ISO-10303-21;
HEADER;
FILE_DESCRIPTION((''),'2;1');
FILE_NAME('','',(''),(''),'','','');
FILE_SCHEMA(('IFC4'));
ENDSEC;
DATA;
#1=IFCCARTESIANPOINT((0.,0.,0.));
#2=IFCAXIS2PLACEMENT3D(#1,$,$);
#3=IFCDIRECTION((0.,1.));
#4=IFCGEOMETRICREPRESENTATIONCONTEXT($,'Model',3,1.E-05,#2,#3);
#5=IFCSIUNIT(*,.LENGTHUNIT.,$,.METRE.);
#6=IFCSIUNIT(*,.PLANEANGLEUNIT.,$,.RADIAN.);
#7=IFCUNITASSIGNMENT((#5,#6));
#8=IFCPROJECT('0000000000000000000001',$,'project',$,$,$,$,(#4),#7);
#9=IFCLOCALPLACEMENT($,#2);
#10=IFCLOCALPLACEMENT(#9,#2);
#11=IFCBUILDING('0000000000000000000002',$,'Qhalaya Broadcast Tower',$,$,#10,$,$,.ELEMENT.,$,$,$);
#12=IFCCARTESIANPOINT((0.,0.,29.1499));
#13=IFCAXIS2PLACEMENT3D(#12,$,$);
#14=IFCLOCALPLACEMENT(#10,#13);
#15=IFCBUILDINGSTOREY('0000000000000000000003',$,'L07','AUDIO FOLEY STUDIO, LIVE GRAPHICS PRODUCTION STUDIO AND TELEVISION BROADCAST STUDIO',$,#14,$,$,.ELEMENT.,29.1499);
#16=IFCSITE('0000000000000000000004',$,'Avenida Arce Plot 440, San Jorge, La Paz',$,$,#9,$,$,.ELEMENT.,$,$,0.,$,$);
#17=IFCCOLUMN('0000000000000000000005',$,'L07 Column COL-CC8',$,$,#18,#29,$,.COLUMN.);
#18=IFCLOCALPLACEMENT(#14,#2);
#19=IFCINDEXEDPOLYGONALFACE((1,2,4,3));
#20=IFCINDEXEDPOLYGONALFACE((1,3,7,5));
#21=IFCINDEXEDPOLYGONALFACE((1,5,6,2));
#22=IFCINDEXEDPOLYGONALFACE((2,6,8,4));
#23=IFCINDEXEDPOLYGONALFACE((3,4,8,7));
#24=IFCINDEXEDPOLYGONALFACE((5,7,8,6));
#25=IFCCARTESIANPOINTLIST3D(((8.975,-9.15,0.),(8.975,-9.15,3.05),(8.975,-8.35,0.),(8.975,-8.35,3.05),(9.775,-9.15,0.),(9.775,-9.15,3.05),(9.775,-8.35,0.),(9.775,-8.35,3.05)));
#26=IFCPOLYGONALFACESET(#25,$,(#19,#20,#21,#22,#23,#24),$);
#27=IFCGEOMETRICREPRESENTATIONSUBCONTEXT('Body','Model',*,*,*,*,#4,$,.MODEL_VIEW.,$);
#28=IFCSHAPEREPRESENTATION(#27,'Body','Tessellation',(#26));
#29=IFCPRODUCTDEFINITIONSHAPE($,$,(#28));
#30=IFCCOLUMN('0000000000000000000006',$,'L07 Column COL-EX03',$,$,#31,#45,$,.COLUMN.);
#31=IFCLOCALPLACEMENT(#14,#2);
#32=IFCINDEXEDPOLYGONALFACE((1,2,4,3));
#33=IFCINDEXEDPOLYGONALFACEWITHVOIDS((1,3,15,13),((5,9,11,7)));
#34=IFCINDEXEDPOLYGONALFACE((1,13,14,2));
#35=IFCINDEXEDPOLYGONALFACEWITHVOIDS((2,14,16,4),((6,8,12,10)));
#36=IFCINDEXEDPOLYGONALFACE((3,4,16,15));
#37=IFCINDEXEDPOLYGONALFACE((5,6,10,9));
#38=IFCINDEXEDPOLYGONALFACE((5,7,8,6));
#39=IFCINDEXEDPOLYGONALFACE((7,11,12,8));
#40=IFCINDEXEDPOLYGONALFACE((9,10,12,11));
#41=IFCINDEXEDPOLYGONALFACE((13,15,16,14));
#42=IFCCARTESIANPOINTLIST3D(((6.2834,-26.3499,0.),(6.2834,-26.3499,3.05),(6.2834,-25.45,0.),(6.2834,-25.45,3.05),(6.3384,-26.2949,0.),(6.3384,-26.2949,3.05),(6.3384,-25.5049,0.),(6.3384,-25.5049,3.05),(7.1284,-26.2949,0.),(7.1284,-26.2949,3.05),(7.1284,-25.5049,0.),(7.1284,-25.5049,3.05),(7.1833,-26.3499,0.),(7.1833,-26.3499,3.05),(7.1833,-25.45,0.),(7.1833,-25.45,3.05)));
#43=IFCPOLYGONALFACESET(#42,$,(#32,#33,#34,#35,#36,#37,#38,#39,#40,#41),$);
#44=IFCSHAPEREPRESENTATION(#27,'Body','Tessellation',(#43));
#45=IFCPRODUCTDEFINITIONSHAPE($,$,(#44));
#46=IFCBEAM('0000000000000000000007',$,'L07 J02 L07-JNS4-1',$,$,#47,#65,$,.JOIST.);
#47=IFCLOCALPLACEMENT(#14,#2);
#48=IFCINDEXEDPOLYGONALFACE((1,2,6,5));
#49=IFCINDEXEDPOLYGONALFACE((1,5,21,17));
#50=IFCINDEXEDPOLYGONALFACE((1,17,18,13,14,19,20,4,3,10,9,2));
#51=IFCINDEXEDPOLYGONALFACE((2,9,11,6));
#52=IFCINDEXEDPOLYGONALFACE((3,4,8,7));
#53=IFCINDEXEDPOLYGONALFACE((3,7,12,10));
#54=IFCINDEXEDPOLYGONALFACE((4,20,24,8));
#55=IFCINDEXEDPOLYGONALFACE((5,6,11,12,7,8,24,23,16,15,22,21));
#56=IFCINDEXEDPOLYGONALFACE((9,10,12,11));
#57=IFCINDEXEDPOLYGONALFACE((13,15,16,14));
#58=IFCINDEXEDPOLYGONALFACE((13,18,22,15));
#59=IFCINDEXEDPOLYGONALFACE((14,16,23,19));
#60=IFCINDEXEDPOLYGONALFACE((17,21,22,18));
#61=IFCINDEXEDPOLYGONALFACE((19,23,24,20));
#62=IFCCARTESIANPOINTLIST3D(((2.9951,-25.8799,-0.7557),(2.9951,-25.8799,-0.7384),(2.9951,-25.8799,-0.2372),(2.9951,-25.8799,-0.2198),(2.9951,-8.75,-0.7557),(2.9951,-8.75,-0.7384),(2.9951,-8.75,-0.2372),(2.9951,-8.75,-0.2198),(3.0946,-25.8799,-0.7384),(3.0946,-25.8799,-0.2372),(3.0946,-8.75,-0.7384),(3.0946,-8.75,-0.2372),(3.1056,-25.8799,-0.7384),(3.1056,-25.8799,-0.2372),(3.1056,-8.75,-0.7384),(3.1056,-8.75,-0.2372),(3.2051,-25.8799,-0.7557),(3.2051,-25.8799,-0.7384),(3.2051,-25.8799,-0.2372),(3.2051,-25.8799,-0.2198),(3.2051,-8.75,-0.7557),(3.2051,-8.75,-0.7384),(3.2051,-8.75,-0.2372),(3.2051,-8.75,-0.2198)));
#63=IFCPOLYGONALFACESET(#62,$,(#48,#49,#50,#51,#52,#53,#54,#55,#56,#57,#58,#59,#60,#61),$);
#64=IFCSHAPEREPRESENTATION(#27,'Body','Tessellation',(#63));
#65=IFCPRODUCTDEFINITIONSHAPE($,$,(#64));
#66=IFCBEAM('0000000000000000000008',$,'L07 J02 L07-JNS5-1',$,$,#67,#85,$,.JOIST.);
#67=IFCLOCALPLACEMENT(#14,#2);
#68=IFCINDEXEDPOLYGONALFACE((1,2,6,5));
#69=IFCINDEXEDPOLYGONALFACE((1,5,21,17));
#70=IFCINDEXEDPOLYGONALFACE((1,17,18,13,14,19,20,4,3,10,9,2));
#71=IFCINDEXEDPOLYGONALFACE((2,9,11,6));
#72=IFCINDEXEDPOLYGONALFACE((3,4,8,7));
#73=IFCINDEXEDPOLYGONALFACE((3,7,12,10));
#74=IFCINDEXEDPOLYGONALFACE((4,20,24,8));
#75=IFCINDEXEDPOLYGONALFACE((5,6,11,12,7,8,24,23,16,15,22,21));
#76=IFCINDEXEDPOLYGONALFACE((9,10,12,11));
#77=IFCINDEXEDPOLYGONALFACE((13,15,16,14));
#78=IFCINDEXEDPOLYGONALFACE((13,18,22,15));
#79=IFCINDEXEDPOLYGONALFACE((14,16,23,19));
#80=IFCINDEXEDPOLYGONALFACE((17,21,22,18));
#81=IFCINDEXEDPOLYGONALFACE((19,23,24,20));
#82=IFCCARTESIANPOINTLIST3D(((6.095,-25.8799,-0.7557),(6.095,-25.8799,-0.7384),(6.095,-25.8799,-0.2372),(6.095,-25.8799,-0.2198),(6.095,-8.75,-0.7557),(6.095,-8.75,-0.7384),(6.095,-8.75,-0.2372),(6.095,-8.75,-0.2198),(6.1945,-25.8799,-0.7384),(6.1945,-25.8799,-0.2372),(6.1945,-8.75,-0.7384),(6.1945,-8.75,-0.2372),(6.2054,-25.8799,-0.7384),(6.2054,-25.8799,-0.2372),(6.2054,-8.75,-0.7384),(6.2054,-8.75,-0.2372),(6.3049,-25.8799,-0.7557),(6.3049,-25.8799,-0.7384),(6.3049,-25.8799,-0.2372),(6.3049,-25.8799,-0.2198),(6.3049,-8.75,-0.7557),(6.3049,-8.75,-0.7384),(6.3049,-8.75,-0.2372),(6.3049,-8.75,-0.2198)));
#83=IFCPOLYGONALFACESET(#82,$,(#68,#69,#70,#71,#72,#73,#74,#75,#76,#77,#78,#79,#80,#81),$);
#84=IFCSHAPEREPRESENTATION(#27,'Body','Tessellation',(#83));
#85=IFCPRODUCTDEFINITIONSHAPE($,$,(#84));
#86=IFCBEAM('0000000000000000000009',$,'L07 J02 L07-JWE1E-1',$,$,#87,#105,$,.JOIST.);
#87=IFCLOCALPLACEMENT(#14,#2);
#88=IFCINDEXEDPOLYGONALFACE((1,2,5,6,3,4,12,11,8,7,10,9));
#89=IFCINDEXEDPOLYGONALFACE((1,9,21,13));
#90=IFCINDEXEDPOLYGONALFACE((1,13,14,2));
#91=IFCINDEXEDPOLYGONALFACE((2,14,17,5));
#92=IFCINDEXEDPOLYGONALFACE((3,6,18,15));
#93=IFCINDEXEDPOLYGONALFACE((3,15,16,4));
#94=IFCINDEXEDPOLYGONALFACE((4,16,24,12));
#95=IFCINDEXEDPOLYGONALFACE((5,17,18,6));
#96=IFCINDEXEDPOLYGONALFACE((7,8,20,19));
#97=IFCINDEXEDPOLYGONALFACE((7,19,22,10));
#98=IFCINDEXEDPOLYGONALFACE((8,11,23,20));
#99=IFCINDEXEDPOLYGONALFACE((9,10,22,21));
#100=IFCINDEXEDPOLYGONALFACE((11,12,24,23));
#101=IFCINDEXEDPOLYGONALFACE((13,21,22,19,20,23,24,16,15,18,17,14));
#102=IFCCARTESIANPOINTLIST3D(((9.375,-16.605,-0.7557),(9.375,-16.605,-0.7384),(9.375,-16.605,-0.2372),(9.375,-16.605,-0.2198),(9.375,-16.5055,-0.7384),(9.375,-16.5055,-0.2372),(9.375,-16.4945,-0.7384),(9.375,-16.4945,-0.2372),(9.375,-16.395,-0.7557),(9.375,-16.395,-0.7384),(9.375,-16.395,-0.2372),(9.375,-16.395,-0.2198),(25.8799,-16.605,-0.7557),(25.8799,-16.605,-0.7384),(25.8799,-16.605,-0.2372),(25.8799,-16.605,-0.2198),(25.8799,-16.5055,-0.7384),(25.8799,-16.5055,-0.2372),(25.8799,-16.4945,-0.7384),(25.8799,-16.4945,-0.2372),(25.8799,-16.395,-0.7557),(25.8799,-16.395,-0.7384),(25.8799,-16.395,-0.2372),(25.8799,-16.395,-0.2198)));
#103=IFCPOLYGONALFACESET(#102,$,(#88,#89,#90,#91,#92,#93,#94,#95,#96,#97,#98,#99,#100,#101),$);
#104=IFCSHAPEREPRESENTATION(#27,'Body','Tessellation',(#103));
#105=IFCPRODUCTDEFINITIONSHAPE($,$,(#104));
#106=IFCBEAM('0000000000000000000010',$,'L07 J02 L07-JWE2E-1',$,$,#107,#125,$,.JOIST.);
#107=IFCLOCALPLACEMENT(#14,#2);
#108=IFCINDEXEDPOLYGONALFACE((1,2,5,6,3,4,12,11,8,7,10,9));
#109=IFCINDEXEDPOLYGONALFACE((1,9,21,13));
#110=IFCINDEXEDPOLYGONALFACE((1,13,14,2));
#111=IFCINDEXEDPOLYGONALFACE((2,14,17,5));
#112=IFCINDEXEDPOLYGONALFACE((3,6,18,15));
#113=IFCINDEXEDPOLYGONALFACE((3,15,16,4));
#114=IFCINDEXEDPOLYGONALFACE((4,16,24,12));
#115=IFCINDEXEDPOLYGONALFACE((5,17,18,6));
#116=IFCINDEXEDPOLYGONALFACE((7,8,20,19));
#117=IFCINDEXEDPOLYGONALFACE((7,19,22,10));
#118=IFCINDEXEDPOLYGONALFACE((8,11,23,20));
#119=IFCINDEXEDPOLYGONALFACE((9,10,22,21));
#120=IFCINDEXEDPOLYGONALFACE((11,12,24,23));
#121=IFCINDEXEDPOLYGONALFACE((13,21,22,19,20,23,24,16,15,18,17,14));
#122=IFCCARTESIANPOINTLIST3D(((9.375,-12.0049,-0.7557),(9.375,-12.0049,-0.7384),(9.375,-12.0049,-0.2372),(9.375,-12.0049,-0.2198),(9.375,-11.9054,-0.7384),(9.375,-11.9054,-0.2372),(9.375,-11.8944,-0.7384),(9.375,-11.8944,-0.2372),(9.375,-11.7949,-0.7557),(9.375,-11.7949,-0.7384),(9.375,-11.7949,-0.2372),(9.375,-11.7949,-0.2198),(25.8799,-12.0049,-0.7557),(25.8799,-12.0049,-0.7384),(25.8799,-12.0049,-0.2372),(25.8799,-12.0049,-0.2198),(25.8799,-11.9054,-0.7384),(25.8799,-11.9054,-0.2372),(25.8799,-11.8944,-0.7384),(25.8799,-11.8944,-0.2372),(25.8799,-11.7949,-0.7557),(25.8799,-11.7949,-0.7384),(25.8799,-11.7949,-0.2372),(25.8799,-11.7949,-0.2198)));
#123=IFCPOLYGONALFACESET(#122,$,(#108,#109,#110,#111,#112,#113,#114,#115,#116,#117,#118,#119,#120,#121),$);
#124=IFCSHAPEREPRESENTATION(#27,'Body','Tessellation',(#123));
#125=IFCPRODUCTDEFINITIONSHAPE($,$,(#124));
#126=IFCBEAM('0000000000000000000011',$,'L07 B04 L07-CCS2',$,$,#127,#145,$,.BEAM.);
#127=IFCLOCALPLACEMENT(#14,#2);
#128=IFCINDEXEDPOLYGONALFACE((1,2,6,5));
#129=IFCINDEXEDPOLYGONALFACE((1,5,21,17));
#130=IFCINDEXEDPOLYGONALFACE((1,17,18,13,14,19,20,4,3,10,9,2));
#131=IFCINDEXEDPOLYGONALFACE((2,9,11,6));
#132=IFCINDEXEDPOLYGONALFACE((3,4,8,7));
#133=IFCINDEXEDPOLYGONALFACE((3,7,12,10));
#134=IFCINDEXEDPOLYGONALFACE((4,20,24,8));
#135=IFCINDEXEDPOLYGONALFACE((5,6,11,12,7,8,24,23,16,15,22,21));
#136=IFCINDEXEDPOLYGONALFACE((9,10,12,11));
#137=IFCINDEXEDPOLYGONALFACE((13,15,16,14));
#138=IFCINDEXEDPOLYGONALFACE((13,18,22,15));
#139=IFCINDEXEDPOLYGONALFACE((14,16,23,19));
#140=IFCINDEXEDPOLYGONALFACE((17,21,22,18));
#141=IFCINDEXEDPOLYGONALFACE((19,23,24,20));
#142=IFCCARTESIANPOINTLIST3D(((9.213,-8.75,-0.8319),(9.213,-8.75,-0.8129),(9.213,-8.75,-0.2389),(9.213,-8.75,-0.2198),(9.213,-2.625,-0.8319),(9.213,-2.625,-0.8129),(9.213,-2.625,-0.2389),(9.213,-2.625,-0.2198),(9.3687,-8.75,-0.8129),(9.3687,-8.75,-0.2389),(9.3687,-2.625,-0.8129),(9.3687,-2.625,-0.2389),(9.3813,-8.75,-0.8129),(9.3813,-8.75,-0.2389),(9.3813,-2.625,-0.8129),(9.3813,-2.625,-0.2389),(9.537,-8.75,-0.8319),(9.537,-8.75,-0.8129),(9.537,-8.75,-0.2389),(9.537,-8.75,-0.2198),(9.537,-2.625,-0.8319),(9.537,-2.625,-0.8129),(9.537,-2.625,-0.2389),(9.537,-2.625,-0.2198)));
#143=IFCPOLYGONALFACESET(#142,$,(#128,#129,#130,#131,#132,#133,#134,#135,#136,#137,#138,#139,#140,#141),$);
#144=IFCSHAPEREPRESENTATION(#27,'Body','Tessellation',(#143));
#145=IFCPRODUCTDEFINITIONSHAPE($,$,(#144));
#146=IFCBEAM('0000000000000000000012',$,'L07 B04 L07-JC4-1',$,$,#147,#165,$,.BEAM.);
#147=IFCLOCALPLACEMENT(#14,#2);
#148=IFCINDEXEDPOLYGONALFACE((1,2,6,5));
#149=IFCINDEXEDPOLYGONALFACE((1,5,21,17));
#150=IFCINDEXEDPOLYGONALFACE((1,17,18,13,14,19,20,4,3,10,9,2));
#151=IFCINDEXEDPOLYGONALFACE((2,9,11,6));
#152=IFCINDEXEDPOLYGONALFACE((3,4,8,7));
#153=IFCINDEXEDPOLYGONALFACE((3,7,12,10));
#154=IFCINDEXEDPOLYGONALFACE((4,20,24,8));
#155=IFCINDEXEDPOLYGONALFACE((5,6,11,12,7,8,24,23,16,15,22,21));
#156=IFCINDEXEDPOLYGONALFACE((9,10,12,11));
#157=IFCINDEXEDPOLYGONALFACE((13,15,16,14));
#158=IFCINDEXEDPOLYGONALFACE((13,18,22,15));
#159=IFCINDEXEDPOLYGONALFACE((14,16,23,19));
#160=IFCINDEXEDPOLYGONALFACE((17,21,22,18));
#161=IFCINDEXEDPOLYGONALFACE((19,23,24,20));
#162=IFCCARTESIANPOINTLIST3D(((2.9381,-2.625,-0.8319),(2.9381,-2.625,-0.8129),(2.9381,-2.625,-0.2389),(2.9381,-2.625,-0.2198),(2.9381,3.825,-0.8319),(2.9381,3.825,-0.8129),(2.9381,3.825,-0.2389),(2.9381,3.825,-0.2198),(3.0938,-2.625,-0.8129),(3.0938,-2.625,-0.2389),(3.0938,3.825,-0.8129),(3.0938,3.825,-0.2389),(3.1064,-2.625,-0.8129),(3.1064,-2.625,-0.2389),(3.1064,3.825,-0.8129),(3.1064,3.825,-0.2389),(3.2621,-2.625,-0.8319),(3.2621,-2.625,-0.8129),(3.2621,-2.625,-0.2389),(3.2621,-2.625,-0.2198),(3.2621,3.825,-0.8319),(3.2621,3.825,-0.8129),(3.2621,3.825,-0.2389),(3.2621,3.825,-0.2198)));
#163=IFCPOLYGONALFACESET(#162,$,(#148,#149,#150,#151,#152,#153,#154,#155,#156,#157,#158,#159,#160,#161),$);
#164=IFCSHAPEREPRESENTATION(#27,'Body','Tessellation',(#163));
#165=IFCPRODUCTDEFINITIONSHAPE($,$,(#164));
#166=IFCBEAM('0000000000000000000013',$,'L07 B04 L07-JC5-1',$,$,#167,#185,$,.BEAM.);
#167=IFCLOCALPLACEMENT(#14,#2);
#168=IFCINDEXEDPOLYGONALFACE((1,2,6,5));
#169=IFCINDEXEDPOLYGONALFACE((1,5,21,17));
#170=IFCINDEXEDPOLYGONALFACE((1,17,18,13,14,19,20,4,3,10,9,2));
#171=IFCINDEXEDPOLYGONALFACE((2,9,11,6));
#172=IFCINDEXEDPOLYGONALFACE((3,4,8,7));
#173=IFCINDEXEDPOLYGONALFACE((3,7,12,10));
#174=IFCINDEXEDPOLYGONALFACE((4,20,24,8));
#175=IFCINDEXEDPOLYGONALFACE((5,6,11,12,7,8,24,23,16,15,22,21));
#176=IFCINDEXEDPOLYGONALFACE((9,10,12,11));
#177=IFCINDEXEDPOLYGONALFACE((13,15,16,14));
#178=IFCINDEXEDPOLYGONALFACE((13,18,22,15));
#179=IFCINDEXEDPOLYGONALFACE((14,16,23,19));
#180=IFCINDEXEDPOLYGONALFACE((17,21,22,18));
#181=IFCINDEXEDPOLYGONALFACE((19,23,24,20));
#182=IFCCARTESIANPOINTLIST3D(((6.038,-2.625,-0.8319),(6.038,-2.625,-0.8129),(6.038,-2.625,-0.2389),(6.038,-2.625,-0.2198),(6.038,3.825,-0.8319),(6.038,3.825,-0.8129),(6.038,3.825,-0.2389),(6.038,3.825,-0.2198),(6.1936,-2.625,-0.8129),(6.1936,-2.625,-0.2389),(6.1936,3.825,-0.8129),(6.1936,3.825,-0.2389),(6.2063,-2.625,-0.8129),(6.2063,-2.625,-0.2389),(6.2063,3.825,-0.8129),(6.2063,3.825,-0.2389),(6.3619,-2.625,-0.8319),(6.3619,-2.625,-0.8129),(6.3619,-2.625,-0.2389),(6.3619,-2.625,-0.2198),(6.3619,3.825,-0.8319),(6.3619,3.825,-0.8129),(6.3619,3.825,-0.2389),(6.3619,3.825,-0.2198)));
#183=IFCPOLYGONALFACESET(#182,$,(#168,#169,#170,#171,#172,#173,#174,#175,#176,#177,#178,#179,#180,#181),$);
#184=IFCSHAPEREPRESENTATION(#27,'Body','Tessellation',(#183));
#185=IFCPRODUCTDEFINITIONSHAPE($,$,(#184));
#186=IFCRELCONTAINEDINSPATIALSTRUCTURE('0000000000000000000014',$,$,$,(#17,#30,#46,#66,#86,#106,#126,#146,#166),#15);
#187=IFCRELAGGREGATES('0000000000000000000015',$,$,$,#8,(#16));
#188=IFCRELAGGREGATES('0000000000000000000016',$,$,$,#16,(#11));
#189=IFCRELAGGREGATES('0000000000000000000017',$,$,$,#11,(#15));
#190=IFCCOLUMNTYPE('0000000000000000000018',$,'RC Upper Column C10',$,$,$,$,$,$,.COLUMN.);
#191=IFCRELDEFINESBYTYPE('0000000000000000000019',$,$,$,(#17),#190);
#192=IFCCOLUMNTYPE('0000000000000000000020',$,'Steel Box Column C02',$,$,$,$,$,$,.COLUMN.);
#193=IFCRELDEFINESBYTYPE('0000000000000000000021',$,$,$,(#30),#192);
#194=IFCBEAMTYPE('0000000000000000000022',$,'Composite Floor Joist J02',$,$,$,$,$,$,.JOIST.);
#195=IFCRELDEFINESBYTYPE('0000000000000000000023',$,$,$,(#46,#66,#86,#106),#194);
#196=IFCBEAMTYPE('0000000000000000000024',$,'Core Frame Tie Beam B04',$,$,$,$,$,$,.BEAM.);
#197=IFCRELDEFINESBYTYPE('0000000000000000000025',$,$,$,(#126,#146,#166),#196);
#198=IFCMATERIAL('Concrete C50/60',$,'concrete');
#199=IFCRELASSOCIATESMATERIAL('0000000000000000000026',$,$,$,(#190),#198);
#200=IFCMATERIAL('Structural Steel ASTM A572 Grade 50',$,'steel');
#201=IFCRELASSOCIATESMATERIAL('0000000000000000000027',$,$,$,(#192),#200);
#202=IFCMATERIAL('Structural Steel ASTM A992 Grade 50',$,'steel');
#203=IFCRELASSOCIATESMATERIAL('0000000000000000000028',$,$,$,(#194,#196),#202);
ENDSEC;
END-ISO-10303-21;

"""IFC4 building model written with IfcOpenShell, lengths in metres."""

from ifc_helpers import new_model, si_unit, direction, frame, origin, origin_2d, place, context, subcontext, project, spatial, rectangle, hollow_rectangle, i_section, extrude, material, material_profile, profile_set, type_object, element, save


model = new_model("IFC4")

# Units and contexts
model_context = context("Model", 3, precision=1e-05, world=origin(), true_north=direction((0.0, 1.0)))
body_context = subcontext(model_context, "Body", "Model", "MODEL_VIEW")
ifc_project = project(units=[si_unit("LENGTHUNIT", "METRE"), si_unit("PLANEANGLEUNIT", "RADIAN")], contexts=[model_context])

# Site, building, storey
site_placement = place(None, origin())
site = spatial("IfcSite", under=ifc_project, at=site_placement, Name="Avenida Arce Plot 440, San Jorge, La Paz", CompositionType="ELEMENT", RefElevation=0.0)
building_placement = place(site_placement, origin())
building = spatial("IfcBuilding", under=site, at=building_placement, Name="Qhalaya Broadcast Tower", CompositionType="ELEMENT")
storey_placement = place(building_placement, frame((0.0, 0.0, 29.1499)))
storey = spatial("IfcBuildingStorey", under=building, at=storey_placement, Name="L07", Description="AUDIO FOLEY STUDIO, LIVE GRAPHICS PRODUCTION STUDIO AND TELEVISION BROADCAST STUDIO", CompositionType="ELEMENT", Elevation=29.1499)

# Columns
ifc_material_1 = material(Name="Concrete C50/60", Category="concrete")
ifc_material_profile_1 = material_profile(ifc_material_1, rectangle(XDim=0.8, YDim=0.8, at=origin_2d()), Name="RC-COL 800x800")
ifc_profile_set_1 = profile_set([ifc_material_profile_1], Name="Concrete C50/60")
column_type_1 = type_object("IfcColumnType", Name="RC Upper Column C10", PredefinedType="COLUMN", material=ifc_profile_set_1)
column_1_placement = place(storey_placement, frame((9.375, -8.75, 0.0), z_axis=(0.0, 0.0, 1.0), x_axis=(1.0, 0.0, 0.0)))
element("IfcColumn", 1, at=column_1_placement, inside=storey, type_object=column_type_1, Name="L07 Column COL-CC8", PredefinedType="COLUMN", context=body_context, shape_type="SweptSolid", body=[
    extrude(rectangle(XDim=0.8, YDim=0.8, at=origin_2d()), origin(), (0.0, 0.0, 1.0), 3.05),
])
ifc_material_2 = material(Name="Structural Steel ASTM A572 Grade 50", Category="steel")
ifc_material_profile_2 = material_profile(ifc_material_2, hollow_rectangle(XDim=0.8999, YDim=0.8999, WallThickness=0.0549, at=origin_2d()), Name="BOX 900x900x55")
ifc_profile_set_2 = profile_set([ifc_material_profile_2], Name="Structural Steel ASTM A572 Grade 50")
column_type_2 = type_object("IfcColumnType", Name="Steel Box Column C02", PredefinedType="COLUMN", material=ifc_profile_set_2)
column_2_placement = place(storey_placement, frame((6.7334, -25.8999, 0.0), z_axis=(0.0, 0.0, 1.0), x_axis=(1.0, 0.0, 0.0)))
element("IfcColumn", 2, at=column_2_placement, inside=storey, type_object=column_type_2, Name="L07 Column COL-EX03", PredefinedType="COLUMN", context=body_context, shape_type="SweptSolid", body=[
    extrude(hollow_rectangle(XDim=0.8999, YDim=0.8999, WallThickness=0.0549, at=origin_2d()), origin(), (0.0, 0.0, 1.0), 3.05),
])

# Beams
ifc_material_3 = material(Name="Structural Steel ASTM A992 Grade 50", Category="steel")
ifc_material_profile_3 = material_profile(ifc_material_3, i_section(OverallWidth=0.21, OverallDepth=0.5359, WebThickness=0.011, FlangeThickness=0.0173, at=origin_2d()), Name="W21X68")
ifc_profile_set_3 = profile_set([ifc_material_profile_3], Name="Structural Steel ASTM A992 Grade 50")
beam_type_1 = type_object("IfcBeamType", Name="Composite Floor Joist J02", PredefinedType="JOIST", material=ifc_profile_set_3)
for number, where, z_axis, x_axis, name in (
    (3, (3.1001, -25.8799, -0.4878), (0.0, 1.0, 0.0), (-1.0, 0.0, 0.0), "L07 J02 L07-JNS4-1"),
    (4, (6.2, -25.8799, -0.4878), (0.0, 1.0, 0.0), (-1.0, 0.0, 0.0), "L07 J02 L07-JNS5-1"),
):
    element("IfcBeam", number, at=place(storey_placement, frame(where, z_axis=z_axis, x_axis=x_axis)), inside=storey, type_object=beam_type_1, Name=name, PredefinedType="JOIST", context=body_context, shape_type="SweptSolid", body=[
        extrude(i_section(OverallWidth=0.21, OverallDepth=0.5359, WebThickness=0.011, FlangeThickness=0.0173, at=origin_2d()), origin(), (0.0, 0.0, 1.0), 17.1299),
    ])
for number, where, z_axis, x_axis, name in (
    (5, (9.375, -16.5, -0.4878), (1.0, 0.0, 0.0), (0.0, 1.0, 0.0), "L07 J02 L07-JWE1E-1"),
    (6, (9.375, -11.8999, -0.4878), (1.0, 0.0, 0.0), (0.0, 1.0, 0.0), "L07 J02 L07-JWE2E-1"),
):
    element("IfcBeam", number, at=place(storey_placement, frame(where, z_axis=z_axis, x_axis=x_axis)), inside=storey, type_object=beam_type_1, Name=name, PredefinedType="JOIST", context=body_context, shape_type="SweptSolid", body=[
        extrude(i_section(OverallWidth=0.21, OverallDepth=0.5359, WebThickness=0.011, FlangeThickness=0.0173, at=origin_2d()), origin(), (0.0, 0.0, 1.0), 16.5049),
    ])
ifc_material_profile_4 = material_profile(ifc_material_3, i_section(OverallWidth=0.324, OverallDepth=0.6121, WebThickness=0.0127, FlangeThickness=0.019, at=origin_2d()), Name="W24X104")
ifc_profile_set_4 = profile_set([ifc_material_profile_4], Name="Structural Steel ASTM A992 Grade 50")
beam_type_2 = type_object("IfcBeamType", Name="Core Frame Tie Beam B04", PredefinedType="BEAM", material=ifc_profile_set_4)
beam_1_placement = place(storey_placement, frame((9.375, -8.75, -0.5259), z_axis=(0.0, 1.0, 0.0), x_axis=(-1.0, 0.0, 0.0)))
element("IfcBeam", 7, at=beam_1_placement, inside=storey, type_object=beam_type_2, Name="L07 B04 L07-CCS2", PredefinedType="BEAM", context=body_context, shape_type="SweptSolid", body=[
    extrude(i_section(OverallWidth=0.324, OverallDepth=0.6121, WebThickness=0.0127, FlangeThickness=0.019, at=origin_2d()), origin(), (0.0, 0.0, 1.0), 6.125),
])
for number, where, z_axis, x_axis, name in (
    (8, (3.1001, -2.625, -0.5259), (0.0, 1.0, 0.0), (-1.0, 0.0, 0.0), "L07 B04 L07-JC4-1"),
    (9, (6.2, -2.625, -0.5259), (0.0, 1.0, 0.0), (-1.0, 0.0, 0.0), "L07 B04 L07-JC5-1"),
):
    element("IfcBeam", number, at=place(storey_placement, frame(where, z_axis=z_axis, x_axis=x_axis)), inside=storey, type_object=beam_type_2, Name=name, PredefinedType="BEAM", context=body_context, shape_type="SweptSolid", body=[
        extrude(i_section(OverallWidth=0.324, OverallDepth=0.6121, WebThickness=0.0127, FlangeThickness=0.019, at=origin_2d()), origin(), (0.0, 0.0, 1.0), 6.45),
    ])

save(model, "model.ifc")
